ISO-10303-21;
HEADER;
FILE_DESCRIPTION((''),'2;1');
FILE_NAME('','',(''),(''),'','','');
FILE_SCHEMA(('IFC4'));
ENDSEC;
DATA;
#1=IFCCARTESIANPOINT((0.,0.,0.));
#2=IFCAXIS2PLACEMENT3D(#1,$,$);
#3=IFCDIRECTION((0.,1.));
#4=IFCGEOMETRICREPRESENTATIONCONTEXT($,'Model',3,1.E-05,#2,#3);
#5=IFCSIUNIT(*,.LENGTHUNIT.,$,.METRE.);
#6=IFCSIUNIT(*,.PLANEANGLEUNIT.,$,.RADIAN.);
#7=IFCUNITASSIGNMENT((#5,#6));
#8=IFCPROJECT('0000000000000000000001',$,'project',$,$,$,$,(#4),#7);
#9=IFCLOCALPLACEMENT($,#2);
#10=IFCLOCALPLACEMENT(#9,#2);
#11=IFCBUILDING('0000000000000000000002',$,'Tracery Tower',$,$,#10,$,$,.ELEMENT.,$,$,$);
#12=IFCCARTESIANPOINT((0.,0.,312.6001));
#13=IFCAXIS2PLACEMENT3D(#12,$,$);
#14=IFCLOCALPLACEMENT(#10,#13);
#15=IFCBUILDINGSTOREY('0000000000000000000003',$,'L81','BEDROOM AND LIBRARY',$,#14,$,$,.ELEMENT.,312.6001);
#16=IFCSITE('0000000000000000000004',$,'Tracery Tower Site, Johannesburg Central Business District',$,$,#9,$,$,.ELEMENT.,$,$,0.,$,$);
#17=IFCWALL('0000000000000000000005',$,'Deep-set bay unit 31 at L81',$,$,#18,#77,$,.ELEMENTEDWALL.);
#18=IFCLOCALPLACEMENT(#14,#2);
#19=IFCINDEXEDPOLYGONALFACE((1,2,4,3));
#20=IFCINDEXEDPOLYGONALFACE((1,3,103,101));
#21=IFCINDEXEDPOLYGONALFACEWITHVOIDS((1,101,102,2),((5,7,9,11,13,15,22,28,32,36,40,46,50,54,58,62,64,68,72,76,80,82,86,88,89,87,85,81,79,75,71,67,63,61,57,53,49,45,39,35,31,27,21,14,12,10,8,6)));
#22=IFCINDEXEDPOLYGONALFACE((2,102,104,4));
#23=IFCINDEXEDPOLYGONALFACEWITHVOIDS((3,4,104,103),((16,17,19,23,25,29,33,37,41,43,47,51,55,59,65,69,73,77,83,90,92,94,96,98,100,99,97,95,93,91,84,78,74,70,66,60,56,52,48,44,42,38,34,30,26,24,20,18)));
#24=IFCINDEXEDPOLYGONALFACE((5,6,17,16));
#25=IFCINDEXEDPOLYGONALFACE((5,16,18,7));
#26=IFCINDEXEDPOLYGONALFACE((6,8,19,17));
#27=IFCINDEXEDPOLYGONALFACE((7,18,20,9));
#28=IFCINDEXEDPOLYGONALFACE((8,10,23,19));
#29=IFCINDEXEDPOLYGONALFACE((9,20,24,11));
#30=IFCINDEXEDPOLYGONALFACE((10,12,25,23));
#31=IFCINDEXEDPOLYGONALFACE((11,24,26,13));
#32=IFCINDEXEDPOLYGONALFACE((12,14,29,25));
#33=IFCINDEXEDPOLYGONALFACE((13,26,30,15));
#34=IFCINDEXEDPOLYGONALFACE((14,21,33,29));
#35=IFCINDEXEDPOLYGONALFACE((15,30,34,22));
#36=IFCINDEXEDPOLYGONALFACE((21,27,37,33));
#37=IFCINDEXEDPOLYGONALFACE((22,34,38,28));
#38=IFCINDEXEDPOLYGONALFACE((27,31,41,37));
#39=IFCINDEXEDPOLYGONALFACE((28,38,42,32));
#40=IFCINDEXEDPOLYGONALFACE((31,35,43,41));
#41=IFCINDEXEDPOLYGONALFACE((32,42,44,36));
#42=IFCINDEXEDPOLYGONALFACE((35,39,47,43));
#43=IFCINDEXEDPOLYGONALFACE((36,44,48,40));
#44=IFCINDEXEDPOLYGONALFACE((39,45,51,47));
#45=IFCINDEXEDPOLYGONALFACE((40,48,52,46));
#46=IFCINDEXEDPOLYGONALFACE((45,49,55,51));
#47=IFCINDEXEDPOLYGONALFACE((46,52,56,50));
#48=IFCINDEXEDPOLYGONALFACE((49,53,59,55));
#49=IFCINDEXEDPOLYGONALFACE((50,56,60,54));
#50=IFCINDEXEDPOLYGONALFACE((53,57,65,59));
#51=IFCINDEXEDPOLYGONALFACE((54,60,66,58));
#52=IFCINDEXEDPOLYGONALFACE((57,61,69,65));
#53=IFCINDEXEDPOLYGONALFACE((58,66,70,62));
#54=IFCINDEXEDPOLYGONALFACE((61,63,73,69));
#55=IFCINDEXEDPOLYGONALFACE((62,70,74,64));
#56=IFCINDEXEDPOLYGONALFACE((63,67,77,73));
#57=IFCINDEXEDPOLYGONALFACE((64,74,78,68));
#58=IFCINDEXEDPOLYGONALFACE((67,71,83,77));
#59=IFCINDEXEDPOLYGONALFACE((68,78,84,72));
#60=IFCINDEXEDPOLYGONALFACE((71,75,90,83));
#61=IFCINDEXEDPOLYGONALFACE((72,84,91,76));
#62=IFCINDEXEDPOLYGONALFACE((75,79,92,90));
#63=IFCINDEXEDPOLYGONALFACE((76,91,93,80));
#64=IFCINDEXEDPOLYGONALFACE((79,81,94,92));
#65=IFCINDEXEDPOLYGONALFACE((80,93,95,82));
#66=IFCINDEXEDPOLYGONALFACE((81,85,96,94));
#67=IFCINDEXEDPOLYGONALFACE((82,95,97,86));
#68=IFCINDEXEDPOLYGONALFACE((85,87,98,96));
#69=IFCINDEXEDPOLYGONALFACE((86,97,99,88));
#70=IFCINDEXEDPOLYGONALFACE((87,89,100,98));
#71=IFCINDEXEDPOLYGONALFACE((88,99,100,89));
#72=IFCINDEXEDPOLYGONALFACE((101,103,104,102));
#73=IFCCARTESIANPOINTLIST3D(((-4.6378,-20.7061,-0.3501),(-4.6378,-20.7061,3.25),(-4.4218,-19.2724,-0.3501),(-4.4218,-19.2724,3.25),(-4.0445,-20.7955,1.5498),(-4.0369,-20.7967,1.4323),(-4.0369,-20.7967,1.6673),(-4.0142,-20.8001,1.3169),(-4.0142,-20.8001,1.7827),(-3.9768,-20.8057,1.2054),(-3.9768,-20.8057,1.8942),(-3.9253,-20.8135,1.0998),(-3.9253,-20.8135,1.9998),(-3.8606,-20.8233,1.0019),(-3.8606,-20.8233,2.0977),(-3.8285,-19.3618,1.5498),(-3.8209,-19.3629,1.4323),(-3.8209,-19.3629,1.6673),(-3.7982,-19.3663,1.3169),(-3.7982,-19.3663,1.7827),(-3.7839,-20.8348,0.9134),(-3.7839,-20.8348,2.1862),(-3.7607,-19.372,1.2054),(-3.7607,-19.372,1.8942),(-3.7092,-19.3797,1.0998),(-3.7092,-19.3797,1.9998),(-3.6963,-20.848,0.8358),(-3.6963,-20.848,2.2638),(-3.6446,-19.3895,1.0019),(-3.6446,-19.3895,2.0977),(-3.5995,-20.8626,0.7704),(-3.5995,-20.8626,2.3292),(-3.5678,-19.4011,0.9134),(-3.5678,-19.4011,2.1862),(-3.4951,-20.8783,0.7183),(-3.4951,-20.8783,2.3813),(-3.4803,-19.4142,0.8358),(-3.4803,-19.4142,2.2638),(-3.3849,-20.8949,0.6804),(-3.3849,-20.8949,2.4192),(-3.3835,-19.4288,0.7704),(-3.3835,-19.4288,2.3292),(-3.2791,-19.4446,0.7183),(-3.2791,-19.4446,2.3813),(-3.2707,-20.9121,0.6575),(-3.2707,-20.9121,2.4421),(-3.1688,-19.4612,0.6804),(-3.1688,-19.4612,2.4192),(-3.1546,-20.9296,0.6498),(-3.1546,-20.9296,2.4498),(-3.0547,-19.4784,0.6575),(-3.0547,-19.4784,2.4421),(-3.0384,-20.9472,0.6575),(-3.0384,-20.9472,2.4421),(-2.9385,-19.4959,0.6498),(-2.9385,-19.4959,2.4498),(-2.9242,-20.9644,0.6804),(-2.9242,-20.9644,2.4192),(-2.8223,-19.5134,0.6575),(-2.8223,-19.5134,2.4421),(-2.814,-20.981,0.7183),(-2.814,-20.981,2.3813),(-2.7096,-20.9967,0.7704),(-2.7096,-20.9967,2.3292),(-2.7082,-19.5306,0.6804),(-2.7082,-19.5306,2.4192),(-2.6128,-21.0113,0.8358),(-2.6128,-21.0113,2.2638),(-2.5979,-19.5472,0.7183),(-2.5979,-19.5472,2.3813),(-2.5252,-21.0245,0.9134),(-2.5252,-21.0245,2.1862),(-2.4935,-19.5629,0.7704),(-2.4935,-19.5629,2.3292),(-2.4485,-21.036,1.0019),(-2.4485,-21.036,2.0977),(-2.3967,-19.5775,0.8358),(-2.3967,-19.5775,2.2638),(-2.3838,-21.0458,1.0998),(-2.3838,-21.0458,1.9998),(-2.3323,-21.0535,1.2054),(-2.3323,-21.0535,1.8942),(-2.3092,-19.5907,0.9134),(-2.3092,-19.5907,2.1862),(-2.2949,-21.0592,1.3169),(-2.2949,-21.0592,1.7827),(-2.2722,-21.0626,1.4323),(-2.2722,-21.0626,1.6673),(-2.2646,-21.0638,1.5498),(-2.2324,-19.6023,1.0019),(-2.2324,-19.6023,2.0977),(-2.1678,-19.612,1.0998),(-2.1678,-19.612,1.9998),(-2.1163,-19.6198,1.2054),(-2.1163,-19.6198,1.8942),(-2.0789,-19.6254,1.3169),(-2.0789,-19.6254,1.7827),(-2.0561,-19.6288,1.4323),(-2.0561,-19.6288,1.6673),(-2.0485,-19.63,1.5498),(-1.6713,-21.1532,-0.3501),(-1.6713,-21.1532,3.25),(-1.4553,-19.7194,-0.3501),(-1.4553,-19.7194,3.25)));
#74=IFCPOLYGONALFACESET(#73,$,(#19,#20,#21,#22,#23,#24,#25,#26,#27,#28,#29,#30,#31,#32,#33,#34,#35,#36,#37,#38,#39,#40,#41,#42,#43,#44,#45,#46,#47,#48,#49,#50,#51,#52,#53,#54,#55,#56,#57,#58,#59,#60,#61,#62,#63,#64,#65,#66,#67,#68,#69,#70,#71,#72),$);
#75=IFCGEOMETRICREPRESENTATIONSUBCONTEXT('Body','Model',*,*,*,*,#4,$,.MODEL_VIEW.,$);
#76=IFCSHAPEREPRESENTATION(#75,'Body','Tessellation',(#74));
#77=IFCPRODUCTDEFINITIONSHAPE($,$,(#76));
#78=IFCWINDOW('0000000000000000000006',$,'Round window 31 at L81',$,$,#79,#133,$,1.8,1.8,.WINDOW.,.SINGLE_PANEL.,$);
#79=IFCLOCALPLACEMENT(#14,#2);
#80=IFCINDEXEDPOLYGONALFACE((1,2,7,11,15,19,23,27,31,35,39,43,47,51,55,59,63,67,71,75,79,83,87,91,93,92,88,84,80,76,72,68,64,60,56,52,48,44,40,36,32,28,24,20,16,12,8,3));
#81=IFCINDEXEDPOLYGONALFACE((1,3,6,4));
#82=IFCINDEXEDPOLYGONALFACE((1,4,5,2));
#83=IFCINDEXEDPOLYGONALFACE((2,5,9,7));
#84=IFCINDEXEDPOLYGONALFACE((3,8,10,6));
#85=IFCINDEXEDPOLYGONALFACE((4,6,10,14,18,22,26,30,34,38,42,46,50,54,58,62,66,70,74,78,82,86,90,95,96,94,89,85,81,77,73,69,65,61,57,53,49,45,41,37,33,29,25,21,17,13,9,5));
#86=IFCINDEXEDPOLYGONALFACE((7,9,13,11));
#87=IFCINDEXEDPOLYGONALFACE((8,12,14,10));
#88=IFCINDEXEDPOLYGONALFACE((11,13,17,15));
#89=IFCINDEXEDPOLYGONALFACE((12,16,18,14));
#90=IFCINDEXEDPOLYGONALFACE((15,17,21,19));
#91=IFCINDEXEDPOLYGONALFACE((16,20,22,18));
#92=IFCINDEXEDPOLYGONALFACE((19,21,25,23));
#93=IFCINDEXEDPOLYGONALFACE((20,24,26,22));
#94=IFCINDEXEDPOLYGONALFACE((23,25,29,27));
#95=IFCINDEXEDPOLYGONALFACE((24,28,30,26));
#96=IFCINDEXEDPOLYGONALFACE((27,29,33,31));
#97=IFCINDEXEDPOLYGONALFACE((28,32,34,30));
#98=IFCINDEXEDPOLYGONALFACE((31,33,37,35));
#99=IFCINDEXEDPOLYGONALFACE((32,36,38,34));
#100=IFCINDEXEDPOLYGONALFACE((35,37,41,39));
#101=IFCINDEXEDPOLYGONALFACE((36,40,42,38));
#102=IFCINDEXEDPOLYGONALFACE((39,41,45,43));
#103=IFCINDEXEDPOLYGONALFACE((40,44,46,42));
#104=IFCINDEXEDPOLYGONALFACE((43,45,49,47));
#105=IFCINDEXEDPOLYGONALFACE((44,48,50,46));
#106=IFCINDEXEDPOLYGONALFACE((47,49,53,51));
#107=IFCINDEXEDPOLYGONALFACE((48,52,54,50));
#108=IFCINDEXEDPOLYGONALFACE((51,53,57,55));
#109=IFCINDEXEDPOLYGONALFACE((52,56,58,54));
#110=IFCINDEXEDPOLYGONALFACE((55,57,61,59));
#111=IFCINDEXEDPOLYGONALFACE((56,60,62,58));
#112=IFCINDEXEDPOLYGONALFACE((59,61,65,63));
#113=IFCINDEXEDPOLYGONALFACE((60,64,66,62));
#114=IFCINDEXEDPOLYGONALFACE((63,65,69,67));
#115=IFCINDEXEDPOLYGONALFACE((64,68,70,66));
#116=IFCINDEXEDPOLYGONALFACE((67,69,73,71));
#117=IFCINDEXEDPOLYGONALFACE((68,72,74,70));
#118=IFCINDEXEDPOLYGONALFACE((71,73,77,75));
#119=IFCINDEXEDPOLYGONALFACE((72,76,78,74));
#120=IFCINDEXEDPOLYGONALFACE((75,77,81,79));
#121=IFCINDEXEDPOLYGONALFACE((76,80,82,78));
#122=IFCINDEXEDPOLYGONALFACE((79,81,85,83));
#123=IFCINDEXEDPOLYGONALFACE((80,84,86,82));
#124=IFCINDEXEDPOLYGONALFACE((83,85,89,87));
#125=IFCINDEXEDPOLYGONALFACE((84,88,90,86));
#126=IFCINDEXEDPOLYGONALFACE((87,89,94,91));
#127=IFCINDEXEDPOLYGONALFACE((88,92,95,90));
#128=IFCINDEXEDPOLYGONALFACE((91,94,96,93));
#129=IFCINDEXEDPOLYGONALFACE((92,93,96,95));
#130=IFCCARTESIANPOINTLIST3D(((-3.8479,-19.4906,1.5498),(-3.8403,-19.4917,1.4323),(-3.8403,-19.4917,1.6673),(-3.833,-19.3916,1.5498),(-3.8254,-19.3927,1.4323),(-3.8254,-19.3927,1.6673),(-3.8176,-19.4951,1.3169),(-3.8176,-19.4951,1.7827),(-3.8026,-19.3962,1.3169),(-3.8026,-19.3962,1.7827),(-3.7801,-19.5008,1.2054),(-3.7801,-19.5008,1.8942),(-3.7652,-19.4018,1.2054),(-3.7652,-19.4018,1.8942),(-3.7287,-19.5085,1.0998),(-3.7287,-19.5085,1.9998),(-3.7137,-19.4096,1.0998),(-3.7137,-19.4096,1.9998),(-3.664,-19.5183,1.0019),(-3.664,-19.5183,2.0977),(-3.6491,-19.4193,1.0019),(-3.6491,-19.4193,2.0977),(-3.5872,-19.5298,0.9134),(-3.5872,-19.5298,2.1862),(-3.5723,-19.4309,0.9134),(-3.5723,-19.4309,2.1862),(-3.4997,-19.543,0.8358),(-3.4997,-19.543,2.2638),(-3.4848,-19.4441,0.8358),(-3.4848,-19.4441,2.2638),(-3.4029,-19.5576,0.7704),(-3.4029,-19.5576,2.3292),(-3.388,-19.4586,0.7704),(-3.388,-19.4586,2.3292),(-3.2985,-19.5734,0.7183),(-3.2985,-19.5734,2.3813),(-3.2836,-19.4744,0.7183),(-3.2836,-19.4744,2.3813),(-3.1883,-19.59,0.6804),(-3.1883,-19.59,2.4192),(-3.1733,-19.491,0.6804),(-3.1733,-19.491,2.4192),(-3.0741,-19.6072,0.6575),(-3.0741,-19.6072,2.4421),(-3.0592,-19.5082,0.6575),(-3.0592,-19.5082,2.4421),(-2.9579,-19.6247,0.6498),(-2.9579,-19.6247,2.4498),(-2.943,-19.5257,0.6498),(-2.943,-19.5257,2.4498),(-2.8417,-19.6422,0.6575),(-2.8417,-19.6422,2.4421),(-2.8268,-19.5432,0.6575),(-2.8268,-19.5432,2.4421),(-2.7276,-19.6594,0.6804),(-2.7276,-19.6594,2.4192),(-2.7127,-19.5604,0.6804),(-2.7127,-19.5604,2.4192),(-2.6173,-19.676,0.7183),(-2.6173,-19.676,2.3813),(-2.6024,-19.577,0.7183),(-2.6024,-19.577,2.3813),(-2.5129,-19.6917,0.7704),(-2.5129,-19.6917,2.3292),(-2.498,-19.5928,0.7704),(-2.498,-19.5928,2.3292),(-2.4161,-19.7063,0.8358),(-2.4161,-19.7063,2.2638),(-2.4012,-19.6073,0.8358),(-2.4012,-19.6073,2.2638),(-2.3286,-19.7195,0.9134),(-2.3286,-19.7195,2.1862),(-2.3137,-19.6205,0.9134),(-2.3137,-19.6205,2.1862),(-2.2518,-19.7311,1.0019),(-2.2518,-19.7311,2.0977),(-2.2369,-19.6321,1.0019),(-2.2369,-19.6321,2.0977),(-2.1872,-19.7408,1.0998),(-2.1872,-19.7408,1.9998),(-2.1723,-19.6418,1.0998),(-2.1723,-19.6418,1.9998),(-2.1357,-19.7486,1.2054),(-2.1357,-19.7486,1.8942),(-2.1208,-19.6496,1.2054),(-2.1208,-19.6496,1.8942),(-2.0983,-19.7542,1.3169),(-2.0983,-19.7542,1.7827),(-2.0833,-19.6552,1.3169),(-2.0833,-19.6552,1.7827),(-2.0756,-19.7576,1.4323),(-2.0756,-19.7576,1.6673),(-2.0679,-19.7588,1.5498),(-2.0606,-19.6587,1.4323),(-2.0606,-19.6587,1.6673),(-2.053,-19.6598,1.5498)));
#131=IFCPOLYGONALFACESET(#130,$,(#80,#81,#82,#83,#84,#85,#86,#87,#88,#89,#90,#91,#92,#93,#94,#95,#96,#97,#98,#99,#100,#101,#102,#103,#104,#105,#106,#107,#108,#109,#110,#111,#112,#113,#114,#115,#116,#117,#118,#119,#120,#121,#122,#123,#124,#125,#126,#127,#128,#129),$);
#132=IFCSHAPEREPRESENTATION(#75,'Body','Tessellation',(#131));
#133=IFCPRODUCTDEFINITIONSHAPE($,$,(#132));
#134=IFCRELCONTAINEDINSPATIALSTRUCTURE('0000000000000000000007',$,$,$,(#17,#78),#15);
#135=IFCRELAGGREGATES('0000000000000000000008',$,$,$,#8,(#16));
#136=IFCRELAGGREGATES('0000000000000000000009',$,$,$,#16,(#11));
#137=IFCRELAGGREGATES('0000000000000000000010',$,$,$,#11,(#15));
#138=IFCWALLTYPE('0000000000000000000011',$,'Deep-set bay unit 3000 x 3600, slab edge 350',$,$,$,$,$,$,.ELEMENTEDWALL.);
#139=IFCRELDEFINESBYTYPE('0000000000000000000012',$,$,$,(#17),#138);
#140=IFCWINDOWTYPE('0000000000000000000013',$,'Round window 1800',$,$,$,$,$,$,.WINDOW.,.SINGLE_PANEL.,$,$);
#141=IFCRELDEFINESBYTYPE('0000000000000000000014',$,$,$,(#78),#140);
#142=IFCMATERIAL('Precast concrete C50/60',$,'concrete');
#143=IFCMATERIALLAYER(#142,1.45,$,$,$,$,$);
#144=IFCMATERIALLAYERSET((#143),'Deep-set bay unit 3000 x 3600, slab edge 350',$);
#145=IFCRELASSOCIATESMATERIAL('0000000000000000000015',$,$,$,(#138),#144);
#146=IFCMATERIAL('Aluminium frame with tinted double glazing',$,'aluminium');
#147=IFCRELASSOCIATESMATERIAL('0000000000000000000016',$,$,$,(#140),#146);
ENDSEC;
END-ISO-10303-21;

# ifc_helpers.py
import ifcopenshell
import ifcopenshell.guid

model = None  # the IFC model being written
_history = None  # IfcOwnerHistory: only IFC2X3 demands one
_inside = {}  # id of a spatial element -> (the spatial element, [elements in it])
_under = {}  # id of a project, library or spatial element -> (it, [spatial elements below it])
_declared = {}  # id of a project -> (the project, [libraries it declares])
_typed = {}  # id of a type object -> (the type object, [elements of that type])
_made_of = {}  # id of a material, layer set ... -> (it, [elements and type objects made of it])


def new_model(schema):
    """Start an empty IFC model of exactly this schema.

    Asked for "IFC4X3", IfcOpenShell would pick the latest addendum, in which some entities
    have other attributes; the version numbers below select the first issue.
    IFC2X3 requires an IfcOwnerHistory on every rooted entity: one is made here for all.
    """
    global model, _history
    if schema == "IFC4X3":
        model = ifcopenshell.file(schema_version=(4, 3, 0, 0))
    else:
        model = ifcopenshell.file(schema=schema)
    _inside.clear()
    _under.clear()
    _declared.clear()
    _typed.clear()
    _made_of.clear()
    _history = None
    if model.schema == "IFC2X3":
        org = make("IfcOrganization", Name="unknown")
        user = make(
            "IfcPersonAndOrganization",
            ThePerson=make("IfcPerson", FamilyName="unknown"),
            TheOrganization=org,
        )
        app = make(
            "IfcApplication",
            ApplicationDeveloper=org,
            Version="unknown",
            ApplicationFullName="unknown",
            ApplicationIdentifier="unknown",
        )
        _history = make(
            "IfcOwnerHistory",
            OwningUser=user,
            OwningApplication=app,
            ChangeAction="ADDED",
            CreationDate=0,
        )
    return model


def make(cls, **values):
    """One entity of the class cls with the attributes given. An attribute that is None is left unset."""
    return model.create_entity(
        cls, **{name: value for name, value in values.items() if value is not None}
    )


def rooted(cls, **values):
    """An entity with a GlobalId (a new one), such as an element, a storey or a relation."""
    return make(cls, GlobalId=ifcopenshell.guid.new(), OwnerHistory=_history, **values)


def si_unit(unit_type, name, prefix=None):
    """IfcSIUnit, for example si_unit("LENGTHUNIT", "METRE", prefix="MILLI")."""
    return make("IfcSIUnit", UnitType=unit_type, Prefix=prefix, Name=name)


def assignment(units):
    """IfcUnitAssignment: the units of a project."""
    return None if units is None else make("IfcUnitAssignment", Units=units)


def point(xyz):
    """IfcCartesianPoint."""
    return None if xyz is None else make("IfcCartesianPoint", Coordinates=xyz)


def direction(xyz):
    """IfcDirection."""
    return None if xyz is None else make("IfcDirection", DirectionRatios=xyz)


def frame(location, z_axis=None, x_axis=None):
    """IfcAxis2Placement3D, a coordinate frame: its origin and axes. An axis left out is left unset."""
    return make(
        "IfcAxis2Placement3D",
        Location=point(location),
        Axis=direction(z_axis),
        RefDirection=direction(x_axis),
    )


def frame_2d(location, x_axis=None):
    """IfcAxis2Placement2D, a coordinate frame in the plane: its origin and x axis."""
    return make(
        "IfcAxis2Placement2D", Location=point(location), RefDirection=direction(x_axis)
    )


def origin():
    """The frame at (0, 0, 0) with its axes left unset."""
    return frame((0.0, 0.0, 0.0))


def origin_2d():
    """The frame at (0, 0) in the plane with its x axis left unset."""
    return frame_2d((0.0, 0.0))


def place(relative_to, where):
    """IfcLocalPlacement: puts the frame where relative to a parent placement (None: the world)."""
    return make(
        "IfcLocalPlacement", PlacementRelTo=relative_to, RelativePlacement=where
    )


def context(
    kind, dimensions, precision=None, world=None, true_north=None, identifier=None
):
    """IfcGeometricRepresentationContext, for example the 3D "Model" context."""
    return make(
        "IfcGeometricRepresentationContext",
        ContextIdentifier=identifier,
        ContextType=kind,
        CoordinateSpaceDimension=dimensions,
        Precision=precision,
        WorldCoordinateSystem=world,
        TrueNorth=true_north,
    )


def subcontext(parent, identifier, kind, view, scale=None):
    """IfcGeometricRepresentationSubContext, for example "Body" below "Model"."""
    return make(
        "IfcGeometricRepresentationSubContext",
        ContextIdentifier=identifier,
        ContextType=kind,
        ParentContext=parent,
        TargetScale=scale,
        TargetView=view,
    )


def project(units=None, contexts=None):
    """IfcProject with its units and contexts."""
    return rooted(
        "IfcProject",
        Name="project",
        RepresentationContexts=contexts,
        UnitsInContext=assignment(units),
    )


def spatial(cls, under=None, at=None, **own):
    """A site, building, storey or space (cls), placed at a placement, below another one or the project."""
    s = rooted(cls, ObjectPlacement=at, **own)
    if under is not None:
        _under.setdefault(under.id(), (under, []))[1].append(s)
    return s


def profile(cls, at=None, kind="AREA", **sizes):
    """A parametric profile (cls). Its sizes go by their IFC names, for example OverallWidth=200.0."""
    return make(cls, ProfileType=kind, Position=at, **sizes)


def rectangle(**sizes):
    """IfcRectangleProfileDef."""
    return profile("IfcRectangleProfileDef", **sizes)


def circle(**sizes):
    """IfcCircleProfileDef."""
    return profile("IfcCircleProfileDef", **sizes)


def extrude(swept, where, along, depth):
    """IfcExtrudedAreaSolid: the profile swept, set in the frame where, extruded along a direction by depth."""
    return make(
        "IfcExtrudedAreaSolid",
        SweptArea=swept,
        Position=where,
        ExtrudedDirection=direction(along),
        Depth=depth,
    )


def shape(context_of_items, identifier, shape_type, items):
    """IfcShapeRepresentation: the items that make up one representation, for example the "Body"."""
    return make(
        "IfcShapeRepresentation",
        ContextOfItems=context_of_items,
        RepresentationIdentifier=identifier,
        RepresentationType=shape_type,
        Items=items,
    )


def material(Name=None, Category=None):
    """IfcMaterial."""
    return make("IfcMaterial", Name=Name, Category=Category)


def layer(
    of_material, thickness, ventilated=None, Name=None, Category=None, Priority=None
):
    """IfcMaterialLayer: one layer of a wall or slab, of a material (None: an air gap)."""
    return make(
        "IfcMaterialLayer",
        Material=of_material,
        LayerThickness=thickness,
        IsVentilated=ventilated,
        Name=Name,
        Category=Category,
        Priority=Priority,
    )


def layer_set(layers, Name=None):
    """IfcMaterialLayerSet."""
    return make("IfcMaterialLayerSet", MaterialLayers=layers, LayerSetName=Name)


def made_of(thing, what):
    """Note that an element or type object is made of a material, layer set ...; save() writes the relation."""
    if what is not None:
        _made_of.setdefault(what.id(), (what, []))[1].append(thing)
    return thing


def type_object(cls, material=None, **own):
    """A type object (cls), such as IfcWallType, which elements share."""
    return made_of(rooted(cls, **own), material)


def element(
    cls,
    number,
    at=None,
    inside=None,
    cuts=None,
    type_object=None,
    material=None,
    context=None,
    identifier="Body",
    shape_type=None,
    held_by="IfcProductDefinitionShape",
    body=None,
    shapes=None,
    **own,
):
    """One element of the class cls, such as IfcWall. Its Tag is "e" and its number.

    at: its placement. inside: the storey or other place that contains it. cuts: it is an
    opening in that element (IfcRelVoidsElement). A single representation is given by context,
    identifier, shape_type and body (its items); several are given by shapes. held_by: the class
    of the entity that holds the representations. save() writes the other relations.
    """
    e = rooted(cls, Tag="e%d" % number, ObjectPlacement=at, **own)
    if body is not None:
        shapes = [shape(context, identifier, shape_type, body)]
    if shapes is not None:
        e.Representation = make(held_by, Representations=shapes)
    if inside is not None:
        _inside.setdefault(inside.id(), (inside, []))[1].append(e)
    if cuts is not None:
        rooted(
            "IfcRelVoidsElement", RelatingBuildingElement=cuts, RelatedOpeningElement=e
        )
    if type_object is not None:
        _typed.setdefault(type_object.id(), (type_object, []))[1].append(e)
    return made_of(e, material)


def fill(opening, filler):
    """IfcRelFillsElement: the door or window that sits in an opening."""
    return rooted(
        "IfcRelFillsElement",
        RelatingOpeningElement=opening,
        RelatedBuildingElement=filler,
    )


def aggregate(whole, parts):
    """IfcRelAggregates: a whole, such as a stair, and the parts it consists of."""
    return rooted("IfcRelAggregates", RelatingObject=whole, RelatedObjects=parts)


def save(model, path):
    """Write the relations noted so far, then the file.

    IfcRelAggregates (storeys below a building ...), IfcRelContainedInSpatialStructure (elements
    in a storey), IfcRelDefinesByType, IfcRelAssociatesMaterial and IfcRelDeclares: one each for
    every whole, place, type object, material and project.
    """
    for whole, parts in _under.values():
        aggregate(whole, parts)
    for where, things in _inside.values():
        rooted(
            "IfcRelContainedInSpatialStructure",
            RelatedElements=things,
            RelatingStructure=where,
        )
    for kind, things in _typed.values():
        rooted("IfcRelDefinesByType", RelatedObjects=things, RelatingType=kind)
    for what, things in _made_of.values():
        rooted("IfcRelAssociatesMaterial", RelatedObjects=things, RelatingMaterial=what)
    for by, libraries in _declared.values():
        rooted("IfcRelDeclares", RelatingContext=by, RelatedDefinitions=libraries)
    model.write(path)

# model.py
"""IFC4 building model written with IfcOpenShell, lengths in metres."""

from ifc_helpers import new_model, si_unit, direction, frame, frame_2d, origin, origin_2d, place, context, subcontext, project, spatial, rectangle, circle, extrude, material, layer, layer_set, type_object, element, fill, save


model = new_model("IFC4")

# Units and contexts
model_context = context("Model", 3, precision=1e-05, world=origin(), true_north=direction((0.0, 1.0)))
body_context = subcontext(model_context, "Body", "Model", "MODEL_VIEW")
ifc_project = project(units=[si_unit("LENGTHUNIT", "METRE"), si_unit("PLANEANGLEUNIT", "RADIAN")], contexts=[model_context])

# Site, building, storey
site_placement = place(None, origin())
site = spatial("IfcSite", under=ifc_project, at=site_placement, Name="Tracery Tower Site, Johannesburg Central Business District", CompositionType="ELEMENT", RefElevation=0.0)
building_placement = place(site_placement, origin())
building = spatial("IfcBuilding", under=site, at=building_placement, Name="Tracery Tower", CompositionType="ELEMENT")
storey_placement = place(building_placement, frame((0.0, 0.0, 312.6001)))
storey = spatial("IfcBuildingStorey", under=building, at=storey_placement, Name="L81", Description="BEDROOM AND LIBRARY", CompositionType="ELEMENT", Elevation=312.6001)

# Wall, opening, window
ifc_material_1 = material(Name="Precast concrete C50/60", Category="concrete")
ifc_layer_1 = layer(ifc_material_1, 1.45)
ifc_layer_set_1 = layer_set([ifc_layer_1], Name="Deep-set bay unit 3000 x 3600, slab edge 350")
wall_type_1 = type_object("IfcWallType", Name="Deep-set bay unit 3000 x 3600, slab edge 350", PredefinedType="ELEMENTEDWALL", material=ifc_layer_set_1)
wall_1_placement = place(storey_placement, frame((-4.5298, -19.9893, -0.3501), z_axis=(0.0, 0.0, 1.0), x_axis=(0.988836, -0.149005, 0.0)))
wall_1 = element("IfcWall", 1, at=wall_1_placement, inside=storey, type_object=wall_type_1, Name="Deep-set bay unit 31 at L81", PredefinedType="ELEMENTEDWALL", context=body_context, shape_type="SweptSolid", body=[
    extrude(rectangle(XDim=3.0, YDim=1.45, at=frame_2d((1.5, 0.0))), origin(), (0.0, 0.0, 1.0), 3.6001),
])
opening_1_placement = place(wall_1_placement, frame((1.5, 0.0, 1.8999)))
opening_1 = element("IfcOpeningElement", 2, at=opening_1_placement, cuts=wall_1, PredefinedType="OPENING", context=body_context, shape_type="SweptSolid", body=[
    extrude(circle(Radius=0.9, at=origin_2d()), frame((0.0, 0.7349, 0.0), z_axis=(0.0, -1.0, 0.0), x_axis=(1.0, 0.0, 0.0)), (0.0, 0.0, 1.0), 1.47),
])
ifc_material_2 = material(Name="Aluminium frame with tinted double glazing", Category="aluminium")
window_type = type_object("IfcWindowType", Name="Round window 1800", PartitioningType="SINGLE_PANEL", PredefinedType="WINDOW", material=ifc_material_2)
window_1_placement = place(opening_1_placement, origin())
window_1 = element("IfcWindow", 3, at=window_1_placement, inside=storey, type_object=window_type, Name="Round window 31 at L81", OverallHeight=1.8, OverallWidth=1.8, PartitioningType="SINGLE_PANEL", PredefinedType="WINDOW", context=body_context, shape_type="SweptSolid", body=[
    extrude(circle(Radius=0.9, at=origin_2d()), frame((0.0, 0.6948, 0.0), z_axis=(0.0, -1.0, 0.0), x_axis=(1.0, 0.0, 0.0)), (0.0, 0.0, 1.0), 0.1001),
])
fill(opening_1, window_1)

save(model, "model.ifc")
